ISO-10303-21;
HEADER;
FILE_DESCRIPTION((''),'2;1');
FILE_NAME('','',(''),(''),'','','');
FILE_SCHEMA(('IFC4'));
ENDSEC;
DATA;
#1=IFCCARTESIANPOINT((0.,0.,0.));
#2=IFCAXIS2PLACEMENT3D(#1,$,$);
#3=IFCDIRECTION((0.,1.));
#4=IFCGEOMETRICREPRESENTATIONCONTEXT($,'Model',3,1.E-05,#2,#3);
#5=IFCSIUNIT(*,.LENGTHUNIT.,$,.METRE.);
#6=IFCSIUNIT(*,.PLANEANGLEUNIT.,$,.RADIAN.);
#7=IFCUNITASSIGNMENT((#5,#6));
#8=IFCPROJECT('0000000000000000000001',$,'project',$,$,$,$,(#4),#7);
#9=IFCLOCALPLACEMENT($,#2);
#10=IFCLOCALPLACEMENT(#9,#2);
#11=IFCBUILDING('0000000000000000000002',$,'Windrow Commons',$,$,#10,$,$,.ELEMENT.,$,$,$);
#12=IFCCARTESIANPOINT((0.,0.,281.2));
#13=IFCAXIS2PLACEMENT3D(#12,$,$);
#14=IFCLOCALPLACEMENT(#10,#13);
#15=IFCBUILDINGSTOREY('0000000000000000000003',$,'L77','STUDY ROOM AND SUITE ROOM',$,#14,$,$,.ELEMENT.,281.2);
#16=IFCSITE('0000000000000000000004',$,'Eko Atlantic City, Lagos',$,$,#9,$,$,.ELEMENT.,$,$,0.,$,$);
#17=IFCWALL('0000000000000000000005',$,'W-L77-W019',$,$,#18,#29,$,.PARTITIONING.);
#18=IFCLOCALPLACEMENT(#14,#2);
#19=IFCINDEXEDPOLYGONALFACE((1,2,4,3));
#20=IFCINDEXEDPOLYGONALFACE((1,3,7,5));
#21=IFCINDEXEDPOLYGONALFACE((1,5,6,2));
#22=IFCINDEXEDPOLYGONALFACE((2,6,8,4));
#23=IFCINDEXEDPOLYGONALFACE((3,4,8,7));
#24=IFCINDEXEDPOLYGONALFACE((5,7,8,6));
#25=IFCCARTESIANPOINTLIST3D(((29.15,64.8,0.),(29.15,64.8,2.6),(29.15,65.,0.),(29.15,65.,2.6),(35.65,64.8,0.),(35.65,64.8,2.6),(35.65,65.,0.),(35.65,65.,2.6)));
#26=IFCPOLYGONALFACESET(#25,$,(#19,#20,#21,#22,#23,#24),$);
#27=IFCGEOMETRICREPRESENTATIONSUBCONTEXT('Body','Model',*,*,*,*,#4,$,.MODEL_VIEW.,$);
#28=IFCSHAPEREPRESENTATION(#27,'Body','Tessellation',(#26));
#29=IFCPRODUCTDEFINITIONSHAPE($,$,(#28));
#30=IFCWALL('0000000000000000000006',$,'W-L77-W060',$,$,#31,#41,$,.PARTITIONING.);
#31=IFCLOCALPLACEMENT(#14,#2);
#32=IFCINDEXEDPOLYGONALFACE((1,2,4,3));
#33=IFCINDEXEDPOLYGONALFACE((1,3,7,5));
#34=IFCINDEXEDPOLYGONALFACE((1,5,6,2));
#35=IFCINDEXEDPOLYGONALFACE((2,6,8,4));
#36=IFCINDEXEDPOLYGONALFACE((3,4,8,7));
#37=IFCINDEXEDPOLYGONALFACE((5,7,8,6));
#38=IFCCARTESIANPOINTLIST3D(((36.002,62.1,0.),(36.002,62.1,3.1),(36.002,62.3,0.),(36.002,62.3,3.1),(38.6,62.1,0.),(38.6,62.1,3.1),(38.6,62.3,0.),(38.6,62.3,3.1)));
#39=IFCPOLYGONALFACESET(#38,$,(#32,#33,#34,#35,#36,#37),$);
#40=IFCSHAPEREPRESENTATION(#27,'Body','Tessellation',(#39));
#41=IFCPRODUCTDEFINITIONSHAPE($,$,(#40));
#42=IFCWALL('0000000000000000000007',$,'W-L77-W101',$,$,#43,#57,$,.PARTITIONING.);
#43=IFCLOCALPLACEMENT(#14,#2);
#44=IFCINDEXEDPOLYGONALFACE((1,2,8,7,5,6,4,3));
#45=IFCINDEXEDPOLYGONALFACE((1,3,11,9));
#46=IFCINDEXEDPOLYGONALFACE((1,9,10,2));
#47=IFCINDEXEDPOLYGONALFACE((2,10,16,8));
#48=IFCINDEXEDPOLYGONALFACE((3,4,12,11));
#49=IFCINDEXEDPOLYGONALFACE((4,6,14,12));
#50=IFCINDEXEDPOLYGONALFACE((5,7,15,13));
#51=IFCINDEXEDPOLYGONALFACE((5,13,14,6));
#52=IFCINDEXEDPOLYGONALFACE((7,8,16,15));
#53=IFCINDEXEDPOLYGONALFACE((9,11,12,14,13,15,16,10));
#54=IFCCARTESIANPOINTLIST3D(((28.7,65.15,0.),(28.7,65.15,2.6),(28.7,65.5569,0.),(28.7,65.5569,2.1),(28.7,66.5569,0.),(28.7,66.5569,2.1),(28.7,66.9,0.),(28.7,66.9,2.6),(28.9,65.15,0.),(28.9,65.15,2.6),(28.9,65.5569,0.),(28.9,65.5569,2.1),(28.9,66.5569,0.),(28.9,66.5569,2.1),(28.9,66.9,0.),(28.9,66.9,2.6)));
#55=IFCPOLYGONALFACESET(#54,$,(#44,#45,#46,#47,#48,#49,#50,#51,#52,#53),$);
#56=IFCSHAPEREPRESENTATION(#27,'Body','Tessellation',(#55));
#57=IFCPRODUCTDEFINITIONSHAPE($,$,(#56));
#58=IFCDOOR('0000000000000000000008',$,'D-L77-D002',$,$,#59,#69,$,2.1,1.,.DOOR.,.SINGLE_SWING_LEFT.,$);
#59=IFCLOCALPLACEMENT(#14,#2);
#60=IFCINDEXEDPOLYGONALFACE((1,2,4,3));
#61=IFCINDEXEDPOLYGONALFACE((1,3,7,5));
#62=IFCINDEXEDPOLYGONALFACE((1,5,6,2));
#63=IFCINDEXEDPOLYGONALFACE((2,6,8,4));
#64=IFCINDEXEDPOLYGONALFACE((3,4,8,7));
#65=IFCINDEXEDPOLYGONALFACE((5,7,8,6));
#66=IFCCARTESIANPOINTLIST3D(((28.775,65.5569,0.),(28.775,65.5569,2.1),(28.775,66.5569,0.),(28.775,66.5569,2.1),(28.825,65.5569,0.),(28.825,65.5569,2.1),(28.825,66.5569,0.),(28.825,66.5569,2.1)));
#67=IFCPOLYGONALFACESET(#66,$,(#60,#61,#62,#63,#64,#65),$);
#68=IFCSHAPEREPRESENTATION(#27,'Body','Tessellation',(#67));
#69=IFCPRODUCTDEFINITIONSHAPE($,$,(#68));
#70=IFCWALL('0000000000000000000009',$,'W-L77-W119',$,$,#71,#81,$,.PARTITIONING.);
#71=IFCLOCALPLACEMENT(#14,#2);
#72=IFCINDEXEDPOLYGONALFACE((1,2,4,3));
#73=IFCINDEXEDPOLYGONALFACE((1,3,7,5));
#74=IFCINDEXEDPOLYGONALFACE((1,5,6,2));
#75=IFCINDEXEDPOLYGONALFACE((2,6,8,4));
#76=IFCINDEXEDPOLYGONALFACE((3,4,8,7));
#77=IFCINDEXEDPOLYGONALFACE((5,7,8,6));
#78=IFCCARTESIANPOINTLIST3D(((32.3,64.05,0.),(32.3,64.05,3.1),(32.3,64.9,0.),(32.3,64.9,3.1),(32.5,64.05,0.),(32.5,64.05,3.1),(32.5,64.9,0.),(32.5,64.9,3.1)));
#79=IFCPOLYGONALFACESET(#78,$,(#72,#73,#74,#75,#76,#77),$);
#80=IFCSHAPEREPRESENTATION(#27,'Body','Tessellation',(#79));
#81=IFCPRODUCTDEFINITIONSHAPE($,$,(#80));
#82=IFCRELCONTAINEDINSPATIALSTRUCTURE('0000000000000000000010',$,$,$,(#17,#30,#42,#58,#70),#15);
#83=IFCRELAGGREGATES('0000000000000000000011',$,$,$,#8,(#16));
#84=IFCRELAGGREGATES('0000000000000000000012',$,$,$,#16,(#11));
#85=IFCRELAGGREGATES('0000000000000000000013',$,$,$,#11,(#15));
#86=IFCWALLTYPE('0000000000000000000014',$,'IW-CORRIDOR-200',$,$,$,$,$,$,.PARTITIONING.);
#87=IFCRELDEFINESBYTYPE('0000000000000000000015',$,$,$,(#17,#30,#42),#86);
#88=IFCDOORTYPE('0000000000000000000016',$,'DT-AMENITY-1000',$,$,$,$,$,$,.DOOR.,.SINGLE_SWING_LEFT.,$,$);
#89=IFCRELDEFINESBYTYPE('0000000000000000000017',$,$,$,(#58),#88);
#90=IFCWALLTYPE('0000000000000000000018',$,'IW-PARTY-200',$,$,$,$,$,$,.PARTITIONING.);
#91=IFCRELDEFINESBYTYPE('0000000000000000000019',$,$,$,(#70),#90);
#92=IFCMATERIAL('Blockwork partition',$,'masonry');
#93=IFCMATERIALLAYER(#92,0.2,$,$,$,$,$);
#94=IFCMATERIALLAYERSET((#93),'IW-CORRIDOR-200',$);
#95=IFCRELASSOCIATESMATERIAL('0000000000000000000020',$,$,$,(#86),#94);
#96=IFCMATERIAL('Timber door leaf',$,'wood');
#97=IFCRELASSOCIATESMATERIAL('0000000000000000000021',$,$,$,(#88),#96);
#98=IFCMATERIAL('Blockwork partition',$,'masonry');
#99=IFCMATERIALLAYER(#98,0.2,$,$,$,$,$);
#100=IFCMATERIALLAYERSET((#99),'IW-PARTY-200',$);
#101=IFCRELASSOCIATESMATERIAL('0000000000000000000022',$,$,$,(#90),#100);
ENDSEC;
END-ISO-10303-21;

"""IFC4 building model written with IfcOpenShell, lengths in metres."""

from ifc_helpers import new_model, si_unit, direction, frame, frame_2d, origin, place, context, subcontext, project, spatial, rectangle, extrude, material, layer, layer_set, type_object, element, fill, save


model = new_model("IFC4")

# Units and contexts
model_context = context("Model", 3, precision=1e-05, world=origin(), true_north=direction((0.0, 1.0)))
body_context = subcontext(model_context, "Body", "Model", "MODEL_VIEW")
ifc_project = project(units=[si_unit("LENGTHUNIT", "METRE"), si_unit("PLANEANGLEUNIT", "RADIAN")], contexts=[model_context])

# Site, building, storey
site_placement = place(None, origin())
site = spatial("IfcSite", under=ifc_project, at=site_placement, Name="Eko Atlantic City, Lagos", CompositionType="ELEMENT", RefElevation=0.0)
building_placement = place(site_placement, origin())
building = spatial("IfcBuilding", under=site, at=building_placement, Name="Windrow Commons", CompositionType="ELEMENT")
storey_placement = place(building_placement, frame((0.0, 0.0, 281.2)))
storey = spatial("IfcBuildingStorey", under=building, at=storey_placement, Name="L77", Description="STUDY ROOM AND SUITE ROOM", CompositionType="ELEMENT", Elevation=281.2)

# Walls
ifc_material_1 = material(Name="Blockwork partition", Category="masonry")
ifc_layer_1 = layer(ifc_material_1, 0.2)
ifc_layer_set_1 = layer_set([ifc_layer_1], Name="IW-CORRIDOR-200")
wall_type_1 = type_object("IfcWallType", Name="IW-CORRIDOR-200", PredefinedType="PARTITIONING", material=ifc_layer_set_1)
wall_1_placement = place(storey_placement, frame((29.15, 64.9, 0.0), z_axis=(0.0, 0.0, 1.0), x_axis=(1.0, 0.0, 0.0)))
element("IfcWall", 1, at=wall_1_placement, inside=storey, type_object=wall_type_1, Name="W-L77-W019", PredefinedType="PARTITIONING", context=body_context, shape_type="SweptSolid", body=[
    extrude(rectangle(XDim=6.5, YDim=0.2, at=frame_2d((3.25, 0.0))), origin(), (0.0, 0.0, 1.0), 2.6),
])
wall_2_placement = place(storey_placement, frame((36.002, 62.2, 0.0), z_axis=(0.0, 0.0, 1.0), x_axis=(1.0, 0.0, 0.0)))
element("IfcWall", 2, at=wall_2_placement, inside=storey, type_object=wall_type_1, Name="W-L77-W060", PredefinedType="PARTITIONING", context=body_context, shape_type="SweptSolid", body=[
    extrude(rectangle(XDim=2.598, YDim=0.2, at=frame_2d((1.299, 0.0))), origin(), (0.0, 0.0, 1.0), 3.1),
])

# Wall, opening, door
wall_3_placement = place(storey_placement, frame((28.8, 65.15, 0.0), z_axis=(0.0, 0.0, 1.0), x_axis=(0.0, 1.0, 0.0)))
wall_3 = element("IfcWall", 3, at=wall_3_placement, inside=storey, type_object=wall_type_1, Name="W-L77-W101", PredefinedType="PARTITIONING", context=body_context, shape_type="SweptSolid", body=[
    extrude(rectangle(XDim=1.75, YDim=0.2, at=frame_2d((0.875, 0.0))), origin(), (0.0, 0.0, 1.0), 2.6),
])
opening_1_placement = place(wall_3_placement, frame((0.4069, 0.0, 0.0)))
opening_1 = element("IfcOpeningElement", 4, at=opening_1_placement, cuts=wall_3, PredefinedType="OPENING", context=body_context, shape_type="SweptSolid", body=[
    extrude(rectangle(XDim=1.0, YDim=2.1, at=frame_2d((0.5, 1.05))), frame((0.0, 0.11, 0.0), z_axis=(0.0, -1.0, 0.0), x_axis=(1.0, 0.0, 0.0)), (0.0, 0.0, 1.0), 0.22),
])
ifc_material_2 = material(Name="Timber door leaf", Category="wood")
door_type = type_object("IfcDoorType", Name="DT-AMENITY-1000", OperationType="SINGLE_SWING_LEFT", PredefinedType="DOOR", material=ifc_material_2)
door_placement = place(opening_1_placement, origin())
door = element("IfcDoor", 5, at=door_placement, inside=storey, type_object=door_type, Name="D-L77-D002", OperationType="SINGLE_SWING_LEFT", OverallHeight=2.1, OverallWidth=1.0, PredefinedType="DOOR", context=body_context, shape_type="SweptSolid", body=[
    extrude(rectangle(XDim=1.0, YDim=2.1, at=frame_2d((0.5, 1.05))), frame((0.0, 0.025, 0.0), z_axis=(0.0, -1.0, 0.0), x_axis=(1.0, 0.0, 0.0)), (0.0, 0.0, 1.0), 0.05),
])
fill(opening_1, door)

# Wall
ifc_material_3 = material(Name="Blockwork partition", Category="masonry")
ifc_layer_2 = layer(ifc_material_3, 0.2)
ifc_layer_set_2 = layer_set([ifc_layer_2], Name="IW-PARTY-200")
wall_type_2 = type_object("IfcWallType", Name="IW-PARTY-200", PredefinedType="PARTITIONING", material=ifc_layer_set_2)
wall_4_placement = place(storey_placement, frame((32.4, 64.05, 0.0), z_axis=(0.0, 0.0, 1.0), x_axis=(0.0, 1.0, 0.0)))
element("IfcWall", 6, at=wall_4_placement, inside=storey, type_object=wall_type_2, Name="W-L77-W119", PredefinedType="PARTITIONING", context=body_context, shape_type="SweptSolid", body=[
    extrude(rectangle(XDim=0.85, YDim=0.2, at=frame_2d((0.425, 0.0))), origin(), (0.0, 0.0, 1.0), 3.1),
])

save(model, "model.ifc")
